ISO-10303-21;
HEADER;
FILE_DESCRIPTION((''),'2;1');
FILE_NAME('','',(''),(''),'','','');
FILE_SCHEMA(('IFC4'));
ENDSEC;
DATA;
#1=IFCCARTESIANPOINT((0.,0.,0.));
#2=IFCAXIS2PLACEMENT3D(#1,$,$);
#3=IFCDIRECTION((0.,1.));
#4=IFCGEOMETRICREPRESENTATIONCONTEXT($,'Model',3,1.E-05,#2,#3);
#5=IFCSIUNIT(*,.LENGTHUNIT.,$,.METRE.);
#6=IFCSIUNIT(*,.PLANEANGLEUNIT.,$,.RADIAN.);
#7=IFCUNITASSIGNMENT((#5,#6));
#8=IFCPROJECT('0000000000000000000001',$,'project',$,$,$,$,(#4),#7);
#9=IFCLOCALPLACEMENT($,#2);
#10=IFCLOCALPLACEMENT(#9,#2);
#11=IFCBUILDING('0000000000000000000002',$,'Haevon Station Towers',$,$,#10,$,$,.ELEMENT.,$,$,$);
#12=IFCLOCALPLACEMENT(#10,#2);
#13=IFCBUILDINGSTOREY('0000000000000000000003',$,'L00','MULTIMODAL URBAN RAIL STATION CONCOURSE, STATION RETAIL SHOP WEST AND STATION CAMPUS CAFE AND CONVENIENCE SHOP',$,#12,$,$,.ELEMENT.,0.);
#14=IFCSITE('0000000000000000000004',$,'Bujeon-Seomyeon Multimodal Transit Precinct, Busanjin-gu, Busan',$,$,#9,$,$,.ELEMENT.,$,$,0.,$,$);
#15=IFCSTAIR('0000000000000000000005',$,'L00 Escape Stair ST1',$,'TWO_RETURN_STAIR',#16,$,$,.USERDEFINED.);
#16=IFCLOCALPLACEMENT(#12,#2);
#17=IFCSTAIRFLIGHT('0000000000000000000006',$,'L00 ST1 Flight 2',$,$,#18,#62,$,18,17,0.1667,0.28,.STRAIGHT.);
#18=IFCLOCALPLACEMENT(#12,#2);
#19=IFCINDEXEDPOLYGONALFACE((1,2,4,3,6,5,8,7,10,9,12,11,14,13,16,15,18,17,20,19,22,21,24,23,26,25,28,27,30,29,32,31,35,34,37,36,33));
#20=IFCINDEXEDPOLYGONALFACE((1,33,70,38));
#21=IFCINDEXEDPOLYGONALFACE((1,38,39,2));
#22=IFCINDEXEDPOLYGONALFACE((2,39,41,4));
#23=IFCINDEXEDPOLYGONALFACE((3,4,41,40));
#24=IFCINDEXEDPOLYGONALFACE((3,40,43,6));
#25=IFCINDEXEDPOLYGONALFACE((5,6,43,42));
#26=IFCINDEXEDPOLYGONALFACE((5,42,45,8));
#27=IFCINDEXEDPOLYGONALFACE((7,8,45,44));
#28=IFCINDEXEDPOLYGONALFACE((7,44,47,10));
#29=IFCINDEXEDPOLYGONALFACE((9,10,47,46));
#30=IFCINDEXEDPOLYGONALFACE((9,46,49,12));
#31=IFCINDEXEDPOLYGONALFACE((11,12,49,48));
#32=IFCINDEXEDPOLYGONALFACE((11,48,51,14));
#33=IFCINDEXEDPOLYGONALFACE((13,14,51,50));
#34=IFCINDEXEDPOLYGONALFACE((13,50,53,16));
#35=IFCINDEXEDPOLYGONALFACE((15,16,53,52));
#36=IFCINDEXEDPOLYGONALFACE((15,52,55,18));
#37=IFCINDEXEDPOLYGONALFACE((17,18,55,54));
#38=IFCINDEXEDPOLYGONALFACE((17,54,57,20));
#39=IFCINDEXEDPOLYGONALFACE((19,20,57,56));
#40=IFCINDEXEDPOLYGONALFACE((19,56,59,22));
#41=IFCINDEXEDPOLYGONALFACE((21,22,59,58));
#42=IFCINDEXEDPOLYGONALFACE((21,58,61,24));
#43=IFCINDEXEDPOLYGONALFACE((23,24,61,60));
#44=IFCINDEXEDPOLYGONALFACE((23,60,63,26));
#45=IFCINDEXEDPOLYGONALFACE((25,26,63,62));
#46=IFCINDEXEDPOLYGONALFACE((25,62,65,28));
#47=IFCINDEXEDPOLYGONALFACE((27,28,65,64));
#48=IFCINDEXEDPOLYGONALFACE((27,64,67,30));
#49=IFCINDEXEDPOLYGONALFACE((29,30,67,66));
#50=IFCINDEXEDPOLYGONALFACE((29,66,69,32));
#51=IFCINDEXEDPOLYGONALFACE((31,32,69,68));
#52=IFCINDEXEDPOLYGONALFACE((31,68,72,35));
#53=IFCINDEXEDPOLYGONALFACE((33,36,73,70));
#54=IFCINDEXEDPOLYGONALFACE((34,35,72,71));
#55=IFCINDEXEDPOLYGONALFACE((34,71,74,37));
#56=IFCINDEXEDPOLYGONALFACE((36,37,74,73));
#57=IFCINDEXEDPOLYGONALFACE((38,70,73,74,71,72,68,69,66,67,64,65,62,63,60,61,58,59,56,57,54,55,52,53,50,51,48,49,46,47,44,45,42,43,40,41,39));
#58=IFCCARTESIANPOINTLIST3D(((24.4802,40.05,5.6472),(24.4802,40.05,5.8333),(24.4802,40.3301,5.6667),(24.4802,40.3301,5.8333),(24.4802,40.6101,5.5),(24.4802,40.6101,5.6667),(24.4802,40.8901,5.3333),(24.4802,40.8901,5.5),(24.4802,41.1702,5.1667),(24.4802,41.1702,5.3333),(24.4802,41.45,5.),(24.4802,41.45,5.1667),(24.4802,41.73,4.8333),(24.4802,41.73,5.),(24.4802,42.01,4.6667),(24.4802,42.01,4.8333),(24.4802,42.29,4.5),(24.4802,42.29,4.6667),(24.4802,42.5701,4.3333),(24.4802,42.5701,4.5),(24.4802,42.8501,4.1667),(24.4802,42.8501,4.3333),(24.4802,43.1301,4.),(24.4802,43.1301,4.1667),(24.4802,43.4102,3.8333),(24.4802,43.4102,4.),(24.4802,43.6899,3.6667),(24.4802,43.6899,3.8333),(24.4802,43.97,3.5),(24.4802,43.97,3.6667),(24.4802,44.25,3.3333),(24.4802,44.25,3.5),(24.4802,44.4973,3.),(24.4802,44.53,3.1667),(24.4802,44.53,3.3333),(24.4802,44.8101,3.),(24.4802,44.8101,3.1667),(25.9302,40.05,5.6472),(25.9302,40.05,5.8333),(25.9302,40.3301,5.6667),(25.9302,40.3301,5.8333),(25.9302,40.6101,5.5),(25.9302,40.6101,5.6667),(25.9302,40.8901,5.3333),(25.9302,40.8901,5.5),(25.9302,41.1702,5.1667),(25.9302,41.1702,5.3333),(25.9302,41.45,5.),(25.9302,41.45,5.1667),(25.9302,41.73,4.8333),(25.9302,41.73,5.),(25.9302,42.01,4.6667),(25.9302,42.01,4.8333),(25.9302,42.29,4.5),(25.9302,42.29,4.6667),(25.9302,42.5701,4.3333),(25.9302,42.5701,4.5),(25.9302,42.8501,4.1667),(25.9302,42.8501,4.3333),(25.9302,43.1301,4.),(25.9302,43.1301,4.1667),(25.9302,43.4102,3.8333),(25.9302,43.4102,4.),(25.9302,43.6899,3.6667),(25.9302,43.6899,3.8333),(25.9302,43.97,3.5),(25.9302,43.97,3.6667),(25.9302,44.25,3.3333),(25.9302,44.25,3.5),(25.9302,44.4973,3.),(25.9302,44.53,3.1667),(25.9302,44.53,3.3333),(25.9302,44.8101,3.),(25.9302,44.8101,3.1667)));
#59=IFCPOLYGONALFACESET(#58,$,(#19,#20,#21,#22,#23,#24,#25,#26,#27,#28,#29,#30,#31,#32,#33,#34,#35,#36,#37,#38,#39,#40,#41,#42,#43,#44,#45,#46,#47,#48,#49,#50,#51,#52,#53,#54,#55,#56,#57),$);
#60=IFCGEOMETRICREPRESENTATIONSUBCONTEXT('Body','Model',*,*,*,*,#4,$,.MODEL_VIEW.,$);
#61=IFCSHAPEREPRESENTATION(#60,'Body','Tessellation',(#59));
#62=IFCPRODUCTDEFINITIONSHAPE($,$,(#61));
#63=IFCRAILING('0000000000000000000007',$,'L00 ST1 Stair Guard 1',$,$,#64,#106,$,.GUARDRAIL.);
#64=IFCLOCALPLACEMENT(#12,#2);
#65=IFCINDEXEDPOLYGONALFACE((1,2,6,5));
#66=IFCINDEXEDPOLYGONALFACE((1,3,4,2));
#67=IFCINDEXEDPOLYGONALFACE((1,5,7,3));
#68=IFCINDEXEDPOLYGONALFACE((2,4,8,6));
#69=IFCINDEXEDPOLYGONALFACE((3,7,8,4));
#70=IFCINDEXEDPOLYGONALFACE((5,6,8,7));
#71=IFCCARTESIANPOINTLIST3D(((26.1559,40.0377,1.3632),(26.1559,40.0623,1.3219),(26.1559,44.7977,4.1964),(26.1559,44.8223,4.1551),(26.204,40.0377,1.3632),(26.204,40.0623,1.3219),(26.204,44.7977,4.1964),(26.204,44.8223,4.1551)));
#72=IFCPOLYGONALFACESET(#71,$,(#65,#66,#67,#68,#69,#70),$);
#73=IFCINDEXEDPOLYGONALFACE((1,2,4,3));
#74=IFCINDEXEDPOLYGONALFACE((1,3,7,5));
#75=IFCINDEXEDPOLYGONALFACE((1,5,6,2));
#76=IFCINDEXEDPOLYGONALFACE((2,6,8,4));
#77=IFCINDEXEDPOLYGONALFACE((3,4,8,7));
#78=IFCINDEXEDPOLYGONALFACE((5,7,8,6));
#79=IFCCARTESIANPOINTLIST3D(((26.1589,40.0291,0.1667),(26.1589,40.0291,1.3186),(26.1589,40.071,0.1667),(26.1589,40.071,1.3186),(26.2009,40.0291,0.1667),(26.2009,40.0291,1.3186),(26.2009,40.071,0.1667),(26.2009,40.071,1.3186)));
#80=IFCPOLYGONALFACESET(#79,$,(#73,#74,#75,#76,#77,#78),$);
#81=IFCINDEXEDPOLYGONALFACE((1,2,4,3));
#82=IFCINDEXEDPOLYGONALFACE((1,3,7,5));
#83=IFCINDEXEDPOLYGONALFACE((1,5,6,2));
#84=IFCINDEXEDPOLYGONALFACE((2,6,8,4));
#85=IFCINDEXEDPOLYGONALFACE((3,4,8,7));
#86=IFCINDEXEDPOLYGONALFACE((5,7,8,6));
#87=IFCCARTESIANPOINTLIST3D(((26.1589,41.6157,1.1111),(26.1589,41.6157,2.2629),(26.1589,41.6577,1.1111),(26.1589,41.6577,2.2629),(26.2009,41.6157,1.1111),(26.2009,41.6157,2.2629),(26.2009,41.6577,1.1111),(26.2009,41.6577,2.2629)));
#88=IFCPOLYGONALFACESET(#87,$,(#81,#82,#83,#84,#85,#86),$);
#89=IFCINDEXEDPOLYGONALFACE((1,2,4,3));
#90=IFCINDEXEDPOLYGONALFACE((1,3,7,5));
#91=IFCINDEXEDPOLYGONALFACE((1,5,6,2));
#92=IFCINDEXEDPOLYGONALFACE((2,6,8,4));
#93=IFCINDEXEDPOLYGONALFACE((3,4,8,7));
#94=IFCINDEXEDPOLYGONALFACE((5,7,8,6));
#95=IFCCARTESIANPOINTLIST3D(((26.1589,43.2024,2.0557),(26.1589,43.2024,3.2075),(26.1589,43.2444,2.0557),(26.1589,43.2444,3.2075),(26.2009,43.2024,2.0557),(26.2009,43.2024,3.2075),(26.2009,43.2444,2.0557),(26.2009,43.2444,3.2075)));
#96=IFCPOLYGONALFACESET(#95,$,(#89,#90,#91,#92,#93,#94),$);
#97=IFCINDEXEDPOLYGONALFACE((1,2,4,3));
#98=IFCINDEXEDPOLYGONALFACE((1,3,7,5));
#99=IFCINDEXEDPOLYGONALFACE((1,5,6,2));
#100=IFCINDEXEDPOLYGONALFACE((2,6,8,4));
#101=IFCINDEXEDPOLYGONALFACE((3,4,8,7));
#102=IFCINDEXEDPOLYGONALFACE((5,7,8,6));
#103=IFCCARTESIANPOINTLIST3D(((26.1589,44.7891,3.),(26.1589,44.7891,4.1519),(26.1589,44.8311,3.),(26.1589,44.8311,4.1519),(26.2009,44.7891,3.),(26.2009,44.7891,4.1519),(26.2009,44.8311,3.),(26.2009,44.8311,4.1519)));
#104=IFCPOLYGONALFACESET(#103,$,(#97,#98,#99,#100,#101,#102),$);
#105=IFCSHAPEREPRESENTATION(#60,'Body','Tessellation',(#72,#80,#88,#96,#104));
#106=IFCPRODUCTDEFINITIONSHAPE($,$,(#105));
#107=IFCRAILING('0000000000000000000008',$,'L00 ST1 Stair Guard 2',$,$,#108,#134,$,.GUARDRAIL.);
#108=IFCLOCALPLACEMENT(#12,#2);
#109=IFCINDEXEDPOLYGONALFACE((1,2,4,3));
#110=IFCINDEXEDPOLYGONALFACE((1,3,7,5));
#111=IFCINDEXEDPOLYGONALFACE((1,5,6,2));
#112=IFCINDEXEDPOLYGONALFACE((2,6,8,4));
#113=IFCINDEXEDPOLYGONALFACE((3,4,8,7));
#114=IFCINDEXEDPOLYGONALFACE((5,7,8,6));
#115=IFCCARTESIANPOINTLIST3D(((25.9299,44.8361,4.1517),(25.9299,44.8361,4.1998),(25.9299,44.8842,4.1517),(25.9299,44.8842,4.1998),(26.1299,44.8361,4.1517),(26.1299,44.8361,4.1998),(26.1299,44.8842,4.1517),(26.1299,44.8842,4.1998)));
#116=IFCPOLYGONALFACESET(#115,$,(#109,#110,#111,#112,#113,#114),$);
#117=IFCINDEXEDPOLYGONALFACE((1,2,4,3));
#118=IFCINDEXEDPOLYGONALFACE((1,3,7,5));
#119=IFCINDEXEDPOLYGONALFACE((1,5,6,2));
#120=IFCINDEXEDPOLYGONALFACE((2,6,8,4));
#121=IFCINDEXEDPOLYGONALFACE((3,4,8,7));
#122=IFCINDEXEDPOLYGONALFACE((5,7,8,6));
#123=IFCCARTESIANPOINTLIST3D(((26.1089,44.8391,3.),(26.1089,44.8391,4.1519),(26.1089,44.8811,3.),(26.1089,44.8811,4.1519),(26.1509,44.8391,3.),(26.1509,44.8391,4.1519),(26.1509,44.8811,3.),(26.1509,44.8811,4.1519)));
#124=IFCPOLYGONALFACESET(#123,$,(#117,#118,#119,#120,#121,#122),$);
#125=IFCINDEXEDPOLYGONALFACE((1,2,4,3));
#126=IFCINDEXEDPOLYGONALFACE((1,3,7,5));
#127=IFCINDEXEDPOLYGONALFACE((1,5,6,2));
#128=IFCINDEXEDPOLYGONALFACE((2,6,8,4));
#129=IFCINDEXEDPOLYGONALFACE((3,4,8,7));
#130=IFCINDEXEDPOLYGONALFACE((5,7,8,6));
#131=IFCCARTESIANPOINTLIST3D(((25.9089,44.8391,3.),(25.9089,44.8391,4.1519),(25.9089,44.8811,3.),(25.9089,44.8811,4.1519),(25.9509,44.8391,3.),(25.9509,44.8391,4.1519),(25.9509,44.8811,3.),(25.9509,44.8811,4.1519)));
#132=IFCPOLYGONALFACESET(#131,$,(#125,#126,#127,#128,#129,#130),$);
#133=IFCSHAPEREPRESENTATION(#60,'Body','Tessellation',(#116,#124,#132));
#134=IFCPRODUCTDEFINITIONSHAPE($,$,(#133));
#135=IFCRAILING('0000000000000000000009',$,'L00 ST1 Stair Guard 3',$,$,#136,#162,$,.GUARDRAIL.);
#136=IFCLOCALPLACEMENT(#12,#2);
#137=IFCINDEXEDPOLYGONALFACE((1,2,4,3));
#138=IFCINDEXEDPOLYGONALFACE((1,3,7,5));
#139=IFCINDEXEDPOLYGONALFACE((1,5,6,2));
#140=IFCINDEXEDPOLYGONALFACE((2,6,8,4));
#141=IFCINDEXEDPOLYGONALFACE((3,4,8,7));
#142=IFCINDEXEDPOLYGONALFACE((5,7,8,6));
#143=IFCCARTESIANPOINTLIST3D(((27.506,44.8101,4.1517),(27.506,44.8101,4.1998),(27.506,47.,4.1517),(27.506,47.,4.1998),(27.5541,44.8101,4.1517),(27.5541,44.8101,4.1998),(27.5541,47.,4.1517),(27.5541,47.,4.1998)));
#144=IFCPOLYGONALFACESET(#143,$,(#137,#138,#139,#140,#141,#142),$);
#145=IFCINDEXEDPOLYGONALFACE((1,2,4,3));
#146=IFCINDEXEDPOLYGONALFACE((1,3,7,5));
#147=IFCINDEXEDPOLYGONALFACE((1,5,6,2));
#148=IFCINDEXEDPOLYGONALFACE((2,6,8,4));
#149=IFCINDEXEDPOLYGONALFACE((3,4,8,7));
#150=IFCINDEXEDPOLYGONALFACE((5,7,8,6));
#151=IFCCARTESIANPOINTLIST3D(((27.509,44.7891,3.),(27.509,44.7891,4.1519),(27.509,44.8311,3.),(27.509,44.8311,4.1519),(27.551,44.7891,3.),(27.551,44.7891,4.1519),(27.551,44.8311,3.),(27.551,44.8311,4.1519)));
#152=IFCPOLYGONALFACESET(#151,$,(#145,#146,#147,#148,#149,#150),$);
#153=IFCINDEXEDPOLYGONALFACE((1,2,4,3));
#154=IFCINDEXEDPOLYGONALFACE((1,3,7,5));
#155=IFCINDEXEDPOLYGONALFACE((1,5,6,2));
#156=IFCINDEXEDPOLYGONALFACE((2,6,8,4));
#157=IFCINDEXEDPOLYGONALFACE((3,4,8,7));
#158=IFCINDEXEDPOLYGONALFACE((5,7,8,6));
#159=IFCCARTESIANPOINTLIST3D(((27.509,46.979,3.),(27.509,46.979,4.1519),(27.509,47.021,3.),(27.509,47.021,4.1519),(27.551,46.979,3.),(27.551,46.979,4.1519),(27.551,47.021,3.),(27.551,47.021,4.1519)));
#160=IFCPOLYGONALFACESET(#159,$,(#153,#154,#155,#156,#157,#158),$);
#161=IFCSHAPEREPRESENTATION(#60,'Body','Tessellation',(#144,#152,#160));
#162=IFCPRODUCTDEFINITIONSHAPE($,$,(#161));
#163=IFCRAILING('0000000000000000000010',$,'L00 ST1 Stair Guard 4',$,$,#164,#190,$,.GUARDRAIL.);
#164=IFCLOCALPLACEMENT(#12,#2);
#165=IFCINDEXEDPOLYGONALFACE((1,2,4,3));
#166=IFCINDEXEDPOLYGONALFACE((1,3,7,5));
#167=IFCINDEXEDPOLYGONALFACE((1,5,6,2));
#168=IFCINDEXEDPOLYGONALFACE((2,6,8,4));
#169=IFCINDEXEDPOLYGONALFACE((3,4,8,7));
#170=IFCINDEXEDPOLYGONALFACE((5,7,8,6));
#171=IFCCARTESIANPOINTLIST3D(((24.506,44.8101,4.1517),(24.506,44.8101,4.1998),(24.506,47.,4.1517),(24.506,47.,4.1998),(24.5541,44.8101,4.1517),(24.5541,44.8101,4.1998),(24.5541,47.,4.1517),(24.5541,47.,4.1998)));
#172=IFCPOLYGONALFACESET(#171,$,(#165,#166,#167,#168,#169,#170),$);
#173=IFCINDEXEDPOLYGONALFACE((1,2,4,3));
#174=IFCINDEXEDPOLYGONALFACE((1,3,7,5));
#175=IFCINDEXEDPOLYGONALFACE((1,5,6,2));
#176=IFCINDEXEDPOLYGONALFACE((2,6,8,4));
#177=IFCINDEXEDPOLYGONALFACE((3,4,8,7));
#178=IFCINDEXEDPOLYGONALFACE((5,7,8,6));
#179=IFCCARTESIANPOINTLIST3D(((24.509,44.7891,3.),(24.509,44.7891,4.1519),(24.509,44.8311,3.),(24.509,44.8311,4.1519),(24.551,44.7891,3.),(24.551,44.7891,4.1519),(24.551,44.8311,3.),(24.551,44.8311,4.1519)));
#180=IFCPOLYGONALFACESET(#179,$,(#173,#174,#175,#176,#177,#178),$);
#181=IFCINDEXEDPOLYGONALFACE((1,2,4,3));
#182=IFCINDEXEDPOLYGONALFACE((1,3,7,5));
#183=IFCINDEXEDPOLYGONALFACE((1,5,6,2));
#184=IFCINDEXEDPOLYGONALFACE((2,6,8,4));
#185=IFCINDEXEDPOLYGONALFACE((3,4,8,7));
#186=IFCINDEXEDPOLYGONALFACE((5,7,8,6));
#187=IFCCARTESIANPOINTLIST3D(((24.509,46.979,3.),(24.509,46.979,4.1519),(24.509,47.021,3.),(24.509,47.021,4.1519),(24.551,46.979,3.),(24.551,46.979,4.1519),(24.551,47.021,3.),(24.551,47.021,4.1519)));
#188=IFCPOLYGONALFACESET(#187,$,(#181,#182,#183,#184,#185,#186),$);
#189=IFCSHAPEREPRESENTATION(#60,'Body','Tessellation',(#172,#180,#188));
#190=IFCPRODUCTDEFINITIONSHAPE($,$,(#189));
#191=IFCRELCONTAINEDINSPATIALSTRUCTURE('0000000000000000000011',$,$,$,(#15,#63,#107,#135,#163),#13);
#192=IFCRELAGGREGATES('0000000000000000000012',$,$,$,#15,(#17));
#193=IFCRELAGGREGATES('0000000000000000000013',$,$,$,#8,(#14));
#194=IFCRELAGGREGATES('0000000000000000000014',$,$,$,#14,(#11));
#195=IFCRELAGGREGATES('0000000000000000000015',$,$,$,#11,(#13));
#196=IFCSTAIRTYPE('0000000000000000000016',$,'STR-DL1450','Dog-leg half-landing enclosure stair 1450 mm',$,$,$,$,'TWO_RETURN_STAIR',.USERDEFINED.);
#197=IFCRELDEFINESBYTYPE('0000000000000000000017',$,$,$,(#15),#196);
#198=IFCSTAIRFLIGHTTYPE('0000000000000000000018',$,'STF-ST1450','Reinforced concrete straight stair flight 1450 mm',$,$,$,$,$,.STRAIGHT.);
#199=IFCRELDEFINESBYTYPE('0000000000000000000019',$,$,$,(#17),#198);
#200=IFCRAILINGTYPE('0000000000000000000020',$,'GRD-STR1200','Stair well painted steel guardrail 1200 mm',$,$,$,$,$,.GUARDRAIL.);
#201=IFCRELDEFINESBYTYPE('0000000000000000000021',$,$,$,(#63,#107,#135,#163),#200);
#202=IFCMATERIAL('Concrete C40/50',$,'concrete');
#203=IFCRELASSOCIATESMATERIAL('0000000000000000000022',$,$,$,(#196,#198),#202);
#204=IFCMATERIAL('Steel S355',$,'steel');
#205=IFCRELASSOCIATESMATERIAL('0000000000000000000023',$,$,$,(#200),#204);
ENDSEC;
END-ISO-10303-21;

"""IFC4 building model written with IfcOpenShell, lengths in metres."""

from ifc_helpers import new_model, si_unit, direction, frame, origin, origin_2d, place, context, subcontext, project, spatial, polyline, rectangle, outline, extrude, material, type_object, element, aggregate, save


model = new_model("IFC4")

# Units and contexts
model_context = context("Model", 3, precision=1e-05, world=origin(), true_north=direction((0.0, 1.0)))
body_context = subcontext(model_context, "Body", "Model", "MODEL_VIEW")
ifc_project = project(units=[si_unit("LENGTHUNIT", "METRE"), si_unit("PLANEANGLEUNIT", "RADIAN")], contexts=[model_context])

# Site, building, storey
site_placement = place(None, origin())
site = spatial("IfcSite", under=ifc_project, at=site_placement, Name="Bujeon-Seomyeon Multimodal Transit Precinct, Busanjin-gu, Busan", CompositionType="ELEMENT", RefElevation=0.0)
building_placement = place(site_placement, origin())
building = spatial("IfcBuilding", under=site, at=building_placement, Name="Haevon Station Towers", CompositionType="ELEMENT")
storey_placement = place(building_placement, origin())
storey = spatial("IfcBuildingStorey", under=building, at=storey_placement, Name="L00", Description="MULTIMODAL URBAN RAIL STATION CONCOURSE, STATION RETAIL SHOP WEST AND STATION CAMPUS CAFE AND CONVENIENCE SHOP", CompositionType="ELEMENT", Elevation=0.0)

# Shared definitions
ifc_material_1 = material(Name="Steel S355", Category="steel")

# Shared definitions
ifc_material_2 = material(Name="Concrete C40/50", Category="concrete")

# Stair, stair flight
stair_type = type_object("IfcStairType", Name="STR-DL1450", Description="Dog-leg half-landing enclosure stair 1450 mm", ElementType="TWO_RETURN_STAIR", PredefinedType="USERDEFINED", material=ifc_material_2)
stair_placement = place(storey_placement, origin())
stair = element("IfcStair", 1, at=stair_placement, inside=storey, type_object=stair_type, Name="L00 Escape Stair ST1", ObjectType="TWO_RETURN_STAIR", PredefinedType="USERDEFINED")
stair_flight_type = type_object("IfcStairFlightType", Name="STF-ST1450", Description="Reinforced concrete straight stair flight 1450 mm", PredefinedType="STRAIGHT", material=ifc_material_2)
stair_flight_1_placement = place(storey_placement, frame((25.2051, 44.8101, 3.0), z_axis=(0.0, 0.0, 1.0), x_axis=(0.0, -1.0, 0.0)))
stair_flight_1 = element("IfcStairFlight", 2, at=stair_flight_1_placement, type_object=stair_flight_type, Name="L00 ST1 Flight 2", NumberOfRisers=18, NumberOfTreads=17, PredefinedType="STRAIGHT", RiserHeight=0.1667, TreadLength=0.28, context=body_context, shape_type="SweptSolid", body=[
    extrude(outline(polyline([(0.0, 0.0), (0.0, 0.1667), (0.28, 0.1667), (0.28, 0.3333), (0.5601, 0.3333), (0.5601, 0.5), (0.8401, 0.5), (0.8401, 0.6667), (1.1201, 0.6667), (1.1201, 0.8333), (1.3999, 0.8333), (1.3999, 1.0), (1.6799, 1.0), (1.6799, 1.1667), (1.96, 1.1667), (1.96, 1.3333), (2.24, 1.3333), (2.24, 1.5), (2.52, 1.5), (2.52, 1.6667), (2.8, 1.6667), (2.8, 1.8333), (3.0801, 1.8333), (3.0801, 2.0), (3.3601, 2.0), (3.3601, 2.1667), (3.6399, 2.1667), (3.6399, 2.3333), (3.9199, 2.3333), (3.9199, 2.5), (4.2, 2.5), (4.2, 2.6667), (4.48, 2.6667), (4.48, 2.8333), (4.76, 2.8333), (4.76, 3.0), (4.76, 2.6472), (0.3127, 0.0), (0.0, 0.0)])), frame((0.0, 0.7251, 0.0), z_axis=(0.0, -1.0, 0.0), x_axis=(1.0, 0.0, 0.0)), (0.0, 0.0, 1.0), 1.45),
])
aggregate(stair, [stair_flight_1])

# Railings
railing_type_1 = type_object("IfcRailingType", Name="GRD-STR1200", Description="Stair well painted steel guardrail 1200 mm", PredefinedType="GUARDRAIL", material=ifc_material_1)
railing_1_placement = place(storey_placement, frame((26.1799, 40.05, 0.1667)))
element("IfcRailing", 3, at=railing_1_placement, inside=storey, type_object=railing_type_1, Name="L00 ST1 Stair Guard 1", PredefinedType="GUARDRAIL", context=body_context, shape_type="SweptSolid", body=[
    extrude(rectangle(XDim=0.0481, YDim=0.0481, at=origin_2d()), frame((0.0, 0.0, 1.1758), z_axis=(0.0, 0.8593, 0.511472), x_axis=(-1.0, 0.0, 0.0)), (0.0, 0.0, 1.0), 5.5393),
    extrude(rectangle(XDim=0.042, YDim=0.042, at=origin_2d()), origin(), (0.0, 0.0, 1.0), 1.1519),
    extrude(rectangle(XDim=0.042, YDim=0.042, at=origin_2d()), frame((0.0, 1.5867, 0.9443)), (0.0, 0.0, 1.0), 1.1519),
    extrude(rectangle(XDim=0.042, YDim=0.042, at=origin_2d()), frame((0.0, 3.1733, 1.8889)), (0.0, 0.0, 1.0), 1.1519),
    extrude(rectangle(XDim=0.042, YDim=0.042, at=origin_2d()), frame((0.0, 4.76, 2.8333)), (0.0, 0.0, 1.0), 1.1519),
])
railing_2_placement = place(storey_placement, frame((26.1299, 44.8601, 3.0)))
element("IfcRailing", 4, at=railing_2_placement, inside=storey, type_object=railing_type_1, Name="L00 ST1 Stair Guard 2", PredefinedType="GUARDRAIL", context=body_context, shape_type="SweptSolid", body=[
    extrude(rectangle(XDim=0.0481, YDim=0.0481, at=origin_2d()), frame((0.0, 0.0, 1.1758), z_axis=(-1.0, 0.0, 0.0), x_axis=(0.0, -1.0, 0.0)), (0.0, 0.0, 1.0), 0.2),
    extrude(rectangle(XDim=0.042, YDim=0.042, at=origin_2d()), origin(), (0.0, 0.0, 1.0), 1.1519),
    extrude(rectangle(XDim=0.042, YDim=0.042, at=origin_2d()), frame((-0.2, 0.0, 0.0)), (0.0, 0.0, 1.0), 1.1519),
])
for number, where, name in (
    (5, (27.53, 44.8101, 3.0), "L00 ST1 Stair Guard 3"),
    (6, (24.53, 44.8101, 3.0), "L00 ST1 Stair Guard 4"),
):
    element("IfcRailing", number, at=place(storey_placement, frame(where)), inside=storey, type_object=railing_type_1, Name=name, PredefinedType="GUARDRAIL", context=body_context, shape_type="SweptSolid", body=[
        extrude(rectangle(XDim=0.0481, YDim=0.0481, at=origin_2d()), frame((0.0, 0.0, 1.1758), z_axis=(0.0, 1.0, 0.0), x_axis=(-1.0, 0.0, 0.0)), (0.0, 0.0, 1.0), 2.1899),
        extrude(rectangle(XDim=0.042, YDim=0.042, at=origin_2d()), origin(), (0.0, 0.0, 1.0), 1.1519),
        extrude(rectangle(XDim=0.042, YDim=0.042, at=origin_2d()), frame((0.0, 2.1899, 0.0)), (0.0, 0.0, 1.0), 1.1519),
    ])

save(model, "model.ifc")
